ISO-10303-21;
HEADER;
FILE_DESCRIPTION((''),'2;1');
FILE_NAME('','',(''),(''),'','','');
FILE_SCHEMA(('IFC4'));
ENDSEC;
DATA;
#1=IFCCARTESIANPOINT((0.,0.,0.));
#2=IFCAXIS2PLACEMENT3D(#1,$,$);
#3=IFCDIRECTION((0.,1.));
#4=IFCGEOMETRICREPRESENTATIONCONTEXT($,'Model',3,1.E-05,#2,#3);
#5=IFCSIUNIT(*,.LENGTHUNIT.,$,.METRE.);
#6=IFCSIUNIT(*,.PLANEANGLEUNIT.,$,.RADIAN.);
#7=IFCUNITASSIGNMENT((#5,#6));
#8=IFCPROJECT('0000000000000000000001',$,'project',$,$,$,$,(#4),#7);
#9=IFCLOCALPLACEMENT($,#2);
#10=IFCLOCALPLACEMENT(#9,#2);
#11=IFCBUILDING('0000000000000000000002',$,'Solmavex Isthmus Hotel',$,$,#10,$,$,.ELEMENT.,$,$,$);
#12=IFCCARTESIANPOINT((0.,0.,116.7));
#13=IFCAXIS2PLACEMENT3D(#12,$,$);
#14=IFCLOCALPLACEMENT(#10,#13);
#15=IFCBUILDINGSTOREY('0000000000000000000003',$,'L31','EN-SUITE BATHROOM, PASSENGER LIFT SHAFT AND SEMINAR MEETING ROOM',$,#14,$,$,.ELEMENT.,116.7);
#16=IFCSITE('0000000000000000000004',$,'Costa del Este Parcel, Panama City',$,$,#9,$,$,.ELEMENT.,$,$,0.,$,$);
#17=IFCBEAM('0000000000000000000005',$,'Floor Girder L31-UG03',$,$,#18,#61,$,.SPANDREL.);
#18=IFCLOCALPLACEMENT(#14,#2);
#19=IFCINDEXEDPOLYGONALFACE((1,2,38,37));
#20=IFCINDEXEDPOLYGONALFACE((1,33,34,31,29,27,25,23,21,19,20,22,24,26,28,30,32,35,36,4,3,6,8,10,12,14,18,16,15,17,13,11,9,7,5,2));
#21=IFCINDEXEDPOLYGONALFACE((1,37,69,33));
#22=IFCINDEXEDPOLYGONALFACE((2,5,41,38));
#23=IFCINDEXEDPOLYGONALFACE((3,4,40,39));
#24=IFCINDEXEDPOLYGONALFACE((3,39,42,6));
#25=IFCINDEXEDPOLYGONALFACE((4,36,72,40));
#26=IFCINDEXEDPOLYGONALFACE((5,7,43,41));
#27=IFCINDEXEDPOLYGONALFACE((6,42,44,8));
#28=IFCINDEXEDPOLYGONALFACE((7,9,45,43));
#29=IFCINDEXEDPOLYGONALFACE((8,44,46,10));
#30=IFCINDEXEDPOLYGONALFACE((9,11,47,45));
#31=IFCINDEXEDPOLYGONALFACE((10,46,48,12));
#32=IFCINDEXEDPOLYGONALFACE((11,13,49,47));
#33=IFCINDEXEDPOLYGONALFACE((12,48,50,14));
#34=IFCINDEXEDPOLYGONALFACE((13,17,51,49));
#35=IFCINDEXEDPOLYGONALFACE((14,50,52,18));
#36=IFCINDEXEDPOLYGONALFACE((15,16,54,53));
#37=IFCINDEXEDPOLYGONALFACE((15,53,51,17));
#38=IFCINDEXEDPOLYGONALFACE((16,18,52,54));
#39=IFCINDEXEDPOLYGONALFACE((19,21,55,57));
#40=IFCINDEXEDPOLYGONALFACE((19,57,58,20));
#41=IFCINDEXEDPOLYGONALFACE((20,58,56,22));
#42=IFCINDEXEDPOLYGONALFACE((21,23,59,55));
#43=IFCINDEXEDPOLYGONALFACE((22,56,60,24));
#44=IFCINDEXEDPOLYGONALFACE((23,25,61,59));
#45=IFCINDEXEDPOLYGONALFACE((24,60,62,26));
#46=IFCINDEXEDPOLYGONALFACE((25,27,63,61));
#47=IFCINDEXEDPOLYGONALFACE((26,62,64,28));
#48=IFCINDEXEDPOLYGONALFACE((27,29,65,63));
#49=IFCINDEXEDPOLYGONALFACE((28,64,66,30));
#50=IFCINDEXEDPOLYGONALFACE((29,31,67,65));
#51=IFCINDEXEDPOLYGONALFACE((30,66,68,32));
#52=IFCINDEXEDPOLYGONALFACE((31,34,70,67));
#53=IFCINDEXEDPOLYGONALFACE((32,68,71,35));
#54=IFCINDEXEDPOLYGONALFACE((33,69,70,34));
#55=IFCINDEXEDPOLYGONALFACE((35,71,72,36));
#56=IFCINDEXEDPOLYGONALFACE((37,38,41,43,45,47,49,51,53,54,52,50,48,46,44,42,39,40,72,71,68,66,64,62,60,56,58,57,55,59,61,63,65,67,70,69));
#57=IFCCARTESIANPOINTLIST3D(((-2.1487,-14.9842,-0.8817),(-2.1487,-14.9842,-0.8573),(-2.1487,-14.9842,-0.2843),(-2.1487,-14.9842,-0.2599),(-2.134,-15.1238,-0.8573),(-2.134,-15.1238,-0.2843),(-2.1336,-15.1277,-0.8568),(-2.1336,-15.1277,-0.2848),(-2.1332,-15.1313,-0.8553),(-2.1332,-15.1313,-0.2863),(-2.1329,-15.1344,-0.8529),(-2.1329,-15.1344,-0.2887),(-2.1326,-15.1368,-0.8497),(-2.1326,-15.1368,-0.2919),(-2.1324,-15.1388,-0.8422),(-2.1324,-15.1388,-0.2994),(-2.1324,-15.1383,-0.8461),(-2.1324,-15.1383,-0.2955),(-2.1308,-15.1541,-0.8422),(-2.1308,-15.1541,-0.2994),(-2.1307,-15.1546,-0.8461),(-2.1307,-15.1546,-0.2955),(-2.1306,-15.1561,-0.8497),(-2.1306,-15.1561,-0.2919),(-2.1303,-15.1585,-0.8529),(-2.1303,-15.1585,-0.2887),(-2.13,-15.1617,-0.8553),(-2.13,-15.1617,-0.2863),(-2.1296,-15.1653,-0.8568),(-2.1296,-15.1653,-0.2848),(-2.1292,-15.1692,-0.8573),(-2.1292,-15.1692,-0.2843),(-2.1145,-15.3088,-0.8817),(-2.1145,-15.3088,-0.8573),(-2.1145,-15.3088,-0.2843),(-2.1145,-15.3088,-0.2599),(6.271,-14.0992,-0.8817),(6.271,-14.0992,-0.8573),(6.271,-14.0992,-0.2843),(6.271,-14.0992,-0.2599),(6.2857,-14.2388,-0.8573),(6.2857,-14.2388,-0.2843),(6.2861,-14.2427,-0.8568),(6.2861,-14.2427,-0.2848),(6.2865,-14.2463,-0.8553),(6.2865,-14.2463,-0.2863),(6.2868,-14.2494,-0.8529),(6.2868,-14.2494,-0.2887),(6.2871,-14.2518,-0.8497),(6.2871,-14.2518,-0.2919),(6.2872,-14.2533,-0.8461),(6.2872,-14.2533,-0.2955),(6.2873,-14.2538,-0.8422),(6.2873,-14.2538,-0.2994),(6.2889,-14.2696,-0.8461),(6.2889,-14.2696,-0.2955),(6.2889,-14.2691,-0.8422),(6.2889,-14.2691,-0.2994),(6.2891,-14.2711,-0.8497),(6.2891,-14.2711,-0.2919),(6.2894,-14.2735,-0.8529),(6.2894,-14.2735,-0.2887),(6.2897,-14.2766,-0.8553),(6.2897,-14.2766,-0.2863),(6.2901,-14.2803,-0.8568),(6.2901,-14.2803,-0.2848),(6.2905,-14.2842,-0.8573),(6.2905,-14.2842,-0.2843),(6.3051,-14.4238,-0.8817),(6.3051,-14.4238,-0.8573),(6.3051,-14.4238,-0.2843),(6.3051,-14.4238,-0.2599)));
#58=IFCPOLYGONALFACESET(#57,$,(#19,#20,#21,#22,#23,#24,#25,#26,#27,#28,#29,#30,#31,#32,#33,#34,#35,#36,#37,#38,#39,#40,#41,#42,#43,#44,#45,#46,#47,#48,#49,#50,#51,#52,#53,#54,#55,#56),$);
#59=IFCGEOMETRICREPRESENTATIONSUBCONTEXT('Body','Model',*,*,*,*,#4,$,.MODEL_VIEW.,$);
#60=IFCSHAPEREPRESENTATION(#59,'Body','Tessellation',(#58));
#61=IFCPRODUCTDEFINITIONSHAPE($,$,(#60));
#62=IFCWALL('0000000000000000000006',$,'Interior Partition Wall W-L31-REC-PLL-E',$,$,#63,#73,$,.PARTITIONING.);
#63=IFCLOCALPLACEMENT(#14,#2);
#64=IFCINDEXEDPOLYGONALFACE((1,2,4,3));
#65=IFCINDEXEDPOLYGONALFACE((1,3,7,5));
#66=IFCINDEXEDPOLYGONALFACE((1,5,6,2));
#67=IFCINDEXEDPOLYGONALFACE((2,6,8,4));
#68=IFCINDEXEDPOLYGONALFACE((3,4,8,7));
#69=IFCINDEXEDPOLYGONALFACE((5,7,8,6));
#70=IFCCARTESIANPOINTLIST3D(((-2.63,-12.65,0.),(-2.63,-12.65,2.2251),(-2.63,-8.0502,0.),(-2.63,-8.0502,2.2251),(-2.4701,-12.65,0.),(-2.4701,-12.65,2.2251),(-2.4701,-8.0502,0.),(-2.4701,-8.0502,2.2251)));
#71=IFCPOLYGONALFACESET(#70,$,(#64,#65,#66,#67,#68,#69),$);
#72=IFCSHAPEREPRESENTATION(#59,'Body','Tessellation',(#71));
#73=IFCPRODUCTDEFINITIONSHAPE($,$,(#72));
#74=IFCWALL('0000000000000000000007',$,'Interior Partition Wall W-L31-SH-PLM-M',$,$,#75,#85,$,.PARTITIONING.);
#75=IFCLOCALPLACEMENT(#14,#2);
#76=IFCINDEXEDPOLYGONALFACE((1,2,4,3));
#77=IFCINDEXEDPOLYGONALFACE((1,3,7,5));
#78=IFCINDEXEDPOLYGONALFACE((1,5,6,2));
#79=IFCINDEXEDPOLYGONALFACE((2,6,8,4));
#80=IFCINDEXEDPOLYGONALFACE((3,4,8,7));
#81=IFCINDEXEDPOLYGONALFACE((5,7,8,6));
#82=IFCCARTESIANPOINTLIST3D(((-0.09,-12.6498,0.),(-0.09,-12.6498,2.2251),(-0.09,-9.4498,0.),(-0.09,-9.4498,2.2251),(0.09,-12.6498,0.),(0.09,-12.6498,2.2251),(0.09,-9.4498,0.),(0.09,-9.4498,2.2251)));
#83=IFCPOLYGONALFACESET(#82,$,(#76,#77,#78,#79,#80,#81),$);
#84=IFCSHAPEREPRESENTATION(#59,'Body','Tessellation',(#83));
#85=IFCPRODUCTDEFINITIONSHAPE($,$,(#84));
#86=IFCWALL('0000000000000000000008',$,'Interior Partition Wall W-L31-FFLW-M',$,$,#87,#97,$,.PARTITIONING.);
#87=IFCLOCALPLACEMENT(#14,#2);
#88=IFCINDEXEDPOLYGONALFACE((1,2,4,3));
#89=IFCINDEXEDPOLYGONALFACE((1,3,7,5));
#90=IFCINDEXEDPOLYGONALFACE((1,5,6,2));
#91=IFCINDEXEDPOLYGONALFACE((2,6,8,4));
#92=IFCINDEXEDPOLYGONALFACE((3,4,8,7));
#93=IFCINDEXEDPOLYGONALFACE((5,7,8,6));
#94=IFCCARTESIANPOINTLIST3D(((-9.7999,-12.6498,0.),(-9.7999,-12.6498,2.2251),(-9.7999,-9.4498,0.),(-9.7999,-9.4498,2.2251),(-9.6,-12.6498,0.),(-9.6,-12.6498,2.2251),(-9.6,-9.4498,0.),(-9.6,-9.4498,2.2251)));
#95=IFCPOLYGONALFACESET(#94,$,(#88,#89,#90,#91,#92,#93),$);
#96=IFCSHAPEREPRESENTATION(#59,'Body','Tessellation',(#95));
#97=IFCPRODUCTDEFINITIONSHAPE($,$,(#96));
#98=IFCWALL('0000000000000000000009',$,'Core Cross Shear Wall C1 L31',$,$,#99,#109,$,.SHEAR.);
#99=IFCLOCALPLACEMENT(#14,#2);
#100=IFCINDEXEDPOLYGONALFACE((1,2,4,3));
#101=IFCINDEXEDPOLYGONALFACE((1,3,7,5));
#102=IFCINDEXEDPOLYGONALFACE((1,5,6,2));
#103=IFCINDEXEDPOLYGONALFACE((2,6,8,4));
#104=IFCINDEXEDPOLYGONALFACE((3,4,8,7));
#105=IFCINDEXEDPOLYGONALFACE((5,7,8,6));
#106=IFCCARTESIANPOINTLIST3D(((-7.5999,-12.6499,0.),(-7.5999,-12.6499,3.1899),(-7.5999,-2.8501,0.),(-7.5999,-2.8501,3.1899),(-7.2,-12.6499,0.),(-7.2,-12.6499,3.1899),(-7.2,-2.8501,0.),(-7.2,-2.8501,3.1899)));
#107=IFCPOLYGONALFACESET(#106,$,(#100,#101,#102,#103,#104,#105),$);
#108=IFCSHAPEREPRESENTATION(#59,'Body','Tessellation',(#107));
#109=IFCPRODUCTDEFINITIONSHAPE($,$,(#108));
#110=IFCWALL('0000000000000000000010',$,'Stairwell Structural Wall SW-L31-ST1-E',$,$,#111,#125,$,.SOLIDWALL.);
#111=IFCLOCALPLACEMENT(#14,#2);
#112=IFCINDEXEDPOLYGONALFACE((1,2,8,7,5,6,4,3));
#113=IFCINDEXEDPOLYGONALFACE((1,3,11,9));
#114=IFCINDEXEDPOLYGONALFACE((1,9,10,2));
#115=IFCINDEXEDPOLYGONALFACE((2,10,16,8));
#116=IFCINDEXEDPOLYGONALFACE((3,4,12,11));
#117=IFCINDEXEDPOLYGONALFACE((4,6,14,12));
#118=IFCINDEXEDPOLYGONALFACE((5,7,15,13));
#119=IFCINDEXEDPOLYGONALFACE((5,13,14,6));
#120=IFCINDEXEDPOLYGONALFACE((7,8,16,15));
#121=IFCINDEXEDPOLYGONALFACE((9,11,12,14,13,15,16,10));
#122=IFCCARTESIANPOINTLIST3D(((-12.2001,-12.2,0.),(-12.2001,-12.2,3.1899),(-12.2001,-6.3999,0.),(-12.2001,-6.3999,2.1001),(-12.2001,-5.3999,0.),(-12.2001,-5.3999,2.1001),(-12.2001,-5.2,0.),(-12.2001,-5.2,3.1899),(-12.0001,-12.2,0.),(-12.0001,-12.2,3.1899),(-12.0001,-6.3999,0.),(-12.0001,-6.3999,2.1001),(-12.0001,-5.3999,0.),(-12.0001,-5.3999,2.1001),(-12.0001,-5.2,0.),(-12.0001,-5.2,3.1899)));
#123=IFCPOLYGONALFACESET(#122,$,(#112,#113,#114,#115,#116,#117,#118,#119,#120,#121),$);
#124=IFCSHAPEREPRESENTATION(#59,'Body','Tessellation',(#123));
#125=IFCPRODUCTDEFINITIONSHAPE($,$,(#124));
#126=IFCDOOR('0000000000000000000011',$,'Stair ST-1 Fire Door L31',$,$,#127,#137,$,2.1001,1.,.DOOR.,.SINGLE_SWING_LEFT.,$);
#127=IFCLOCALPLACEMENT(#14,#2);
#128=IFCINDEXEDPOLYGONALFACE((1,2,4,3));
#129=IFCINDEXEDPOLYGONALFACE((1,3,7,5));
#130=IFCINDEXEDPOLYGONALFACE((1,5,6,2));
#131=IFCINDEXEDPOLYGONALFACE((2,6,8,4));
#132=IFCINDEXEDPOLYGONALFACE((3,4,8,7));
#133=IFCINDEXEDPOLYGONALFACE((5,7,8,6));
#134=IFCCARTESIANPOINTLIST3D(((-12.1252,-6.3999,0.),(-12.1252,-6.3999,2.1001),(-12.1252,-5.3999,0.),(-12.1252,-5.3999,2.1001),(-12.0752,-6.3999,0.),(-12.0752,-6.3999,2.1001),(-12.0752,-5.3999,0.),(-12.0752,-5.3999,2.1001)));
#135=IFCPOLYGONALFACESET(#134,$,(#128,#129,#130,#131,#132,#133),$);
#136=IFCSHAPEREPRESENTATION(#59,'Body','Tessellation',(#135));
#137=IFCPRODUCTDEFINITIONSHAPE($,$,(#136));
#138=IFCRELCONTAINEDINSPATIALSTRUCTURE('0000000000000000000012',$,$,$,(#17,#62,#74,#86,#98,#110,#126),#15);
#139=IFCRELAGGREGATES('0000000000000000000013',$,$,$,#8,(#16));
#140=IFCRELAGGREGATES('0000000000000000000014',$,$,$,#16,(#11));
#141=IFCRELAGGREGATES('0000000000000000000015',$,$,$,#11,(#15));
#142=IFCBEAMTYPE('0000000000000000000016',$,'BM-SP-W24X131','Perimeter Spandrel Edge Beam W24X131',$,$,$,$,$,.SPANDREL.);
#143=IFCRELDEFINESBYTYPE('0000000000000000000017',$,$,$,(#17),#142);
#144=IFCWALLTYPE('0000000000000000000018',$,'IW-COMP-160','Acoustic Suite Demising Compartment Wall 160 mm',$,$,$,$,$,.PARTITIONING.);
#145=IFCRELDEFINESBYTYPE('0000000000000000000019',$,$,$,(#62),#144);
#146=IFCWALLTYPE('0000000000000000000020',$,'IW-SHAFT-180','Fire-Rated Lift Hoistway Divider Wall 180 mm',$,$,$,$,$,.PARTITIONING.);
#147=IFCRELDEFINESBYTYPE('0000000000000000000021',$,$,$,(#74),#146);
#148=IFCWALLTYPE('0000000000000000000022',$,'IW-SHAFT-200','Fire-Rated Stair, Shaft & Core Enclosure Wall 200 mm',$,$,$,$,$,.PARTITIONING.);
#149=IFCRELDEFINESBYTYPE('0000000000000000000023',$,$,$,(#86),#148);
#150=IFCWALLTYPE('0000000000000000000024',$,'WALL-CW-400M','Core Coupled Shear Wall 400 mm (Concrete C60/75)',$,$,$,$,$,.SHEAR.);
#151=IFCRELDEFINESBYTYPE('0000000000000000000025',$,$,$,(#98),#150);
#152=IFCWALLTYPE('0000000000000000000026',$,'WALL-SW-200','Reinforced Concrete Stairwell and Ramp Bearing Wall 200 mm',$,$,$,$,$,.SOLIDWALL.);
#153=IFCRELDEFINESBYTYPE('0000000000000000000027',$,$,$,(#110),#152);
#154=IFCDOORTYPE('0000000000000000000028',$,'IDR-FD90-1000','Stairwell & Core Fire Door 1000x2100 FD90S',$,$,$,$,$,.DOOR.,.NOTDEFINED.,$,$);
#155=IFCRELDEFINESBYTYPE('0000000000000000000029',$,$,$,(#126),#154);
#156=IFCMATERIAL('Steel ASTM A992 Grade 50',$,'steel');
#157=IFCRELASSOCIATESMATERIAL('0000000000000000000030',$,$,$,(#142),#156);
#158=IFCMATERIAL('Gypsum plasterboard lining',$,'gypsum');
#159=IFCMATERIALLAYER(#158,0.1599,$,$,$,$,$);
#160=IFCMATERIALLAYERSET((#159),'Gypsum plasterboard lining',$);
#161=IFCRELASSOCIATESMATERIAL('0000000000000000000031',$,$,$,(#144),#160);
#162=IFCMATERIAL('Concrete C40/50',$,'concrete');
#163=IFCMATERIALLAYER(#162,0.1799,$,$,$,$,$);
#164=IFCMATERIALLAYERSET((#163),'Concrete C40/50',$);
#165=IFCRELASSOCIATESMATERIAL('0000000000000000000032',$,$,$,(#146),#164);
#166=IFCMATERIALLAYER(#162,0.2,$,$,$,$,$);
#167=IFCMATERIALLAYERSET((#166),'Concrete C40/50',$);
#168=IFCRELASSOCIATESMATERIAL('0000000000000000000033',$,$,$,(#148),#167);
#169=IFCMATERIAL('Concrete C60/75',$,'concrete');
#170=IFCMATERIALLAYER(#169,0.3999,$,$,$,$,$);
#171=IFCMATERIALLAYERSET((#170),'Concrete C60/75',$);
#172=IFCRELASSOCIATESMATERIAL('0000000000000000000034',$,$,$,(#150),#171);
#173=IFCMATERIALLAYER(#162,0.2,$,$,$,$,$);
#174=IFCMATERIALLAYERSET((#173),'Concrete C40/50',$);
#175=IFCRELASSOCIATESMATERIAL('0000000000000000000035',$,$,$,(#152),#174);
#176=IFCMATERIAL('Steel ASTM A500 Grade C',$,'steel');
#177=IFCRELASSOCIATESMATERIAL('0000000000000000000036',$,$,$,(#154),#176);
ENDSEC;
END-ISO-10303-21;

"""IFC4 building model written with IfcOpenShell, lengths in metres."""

from ifc_helpers import new_model, si_unit, direction, frame, frame_2d, origin, origin_2d, place, context, subcontext, project, spatial, rectangle, i_section, extrude, material, layer, layer_set, material_profile, profile_set, type_object, element, fill, save


model = new_model("IFC4")

# Units and contexts
model_context = context("Model", 3, precision=1e-05, world=origin(), true_north=direction((0.0, 1.0)))
body_context = subcontext(model_context, "Body", "Model", "MODEL_VIEW")
ifc_project = project(units=[si_unit("LENGTHUNIT", "METRE"), si_unit("PLANEANGLEUNIT", "RADIAN")], contexts=[model_context])

# Site, building, storey
site_placement = place(None, origin())
site = spatial("IfcSite", under=ifc_project, at=site_placement, Name="Costa del Este Parcel, Panama City", CompositionType="ELEMENT", RefElevation=0.0)
building_placement = place(site_placement, origin())
building = spatial("IfcBuilding", under=site, at=building_placement, Name="Solmavex Isthmus Hotel", CompositionType="ELEMENT")
storey_placement = place(building_placement, frame((0.0, 0.0, 116.7)))
storey = spatial("IfcBuildingStorey", under=building, at=storey_placement, Name="L31", Description="EN-SUITE BATHROOM, PASSENGER LIFT SHAFT AND SEMINAR MEETING ROOM", CompositionType="ELEMENT", Elevation=116.7)

# Shared definitions
ifc_material_1 = material(Name="Concrete C60/75", Category="concrete")

# Beam
ifc_material_2 = material(Name="Steel ASTM A992 Grade 50", Category="steel")
ifc_material_profile_1 = material_profile(ifc_material_2, i_section(OverallWidth=0.3264, OverallDepth=0.6218, WebThickness=0.0154, FlangeThickness=0.0244, FilletRadius=0.0151, at=origin_2d()), Name="W24X131")
ifc_profile_set_1 = profile_set([ifc_material_profile_1], Name="Steel ASTM A992 Grade 50")
beam_type_1 = type_object("IfcBeamType", Name="BM-SP-W24X131", Description="Perimeter Spandrel Edge Beam W24X131", PredefinedType="SPANDREL", material=ifc_profile_set_1)
beam_1_placement = place(storey_placement, frame((-2.1316, -15.1465, -0.5708), z_axis=(0.994521, 0.104536, 0.0), x_axis=(-0.104536, 0.994521, 0.0)))
element("IfcBeam", 1, at=beam_1_placement, inside=storey, type_object=beam_type_1, Name="Floor Girder L31-UG03", PredefinedType="SPANDREL", context=body_context, shape_type="SweptSolid", body=[
    extrude(i_section(OverallWidth=0.3264, OverallDepth=0.6218, WebThickness=0.0154, FlangeThickness=0.0244, FilletRadius=0.0151, at=origin_2d()), origin(), (0.0, 0.0, 1.0), 8.4661),
])

# Walls
ifc_material_3 = material(Name="Gypsum plasterboard lining", Category="gypsum")
ifc_layer_1 = layer(ifc_material_3, 0.1599)
ifc_layer_set_1 = layer_set([ifc_layer_1], Name="Gypsum plasterboard lining")
wall_type_1 = type_object("IfcWallType", Name="IW-COMP-160", Description="Acoustic Suite Demising Compartment Wall 160 mm", PredefinedType="PARTITIONING", material=ifc_layer_set_1)
wall_1_placement = place(storey_placement, frame((-2.55, -12.6499, 0.0), z_axis=(0.0, 0.0, 1.0), x_axis=(0.0, 1.0, 0.0)))
element("IfcWall", 2, at=wall_1_placement, inside=storey, type_object=wall_type_1, Name="Interior Partition Wall W-L31-REC-PLL-E", PredefinedType="PARTITIONING", context=body_context, shape_type="SweptSolid", body=[
    extrude(rectangle(XDim=4.5999, YDim=0.1599, at=frame_2d((2.2998, 0.0))), origin(), (0.0, 0.0, 1.0), 2.2251),
])
ifc_material_4 = material(Name="Concrete C40/50", Category="concrete")
ifc_layer_2 = layer(ifc_material_4, 0.1799)
ifc_layer_set_2 = layer_set([ifc_layer_2], Name="Concrete C40/50")
wall_type_2 = type_object("IfcWallType", Name="IW-SHAFT-180", Description="Fire-Rated Lift Hoistway Divider Wall 180 mm", PredefinedType="PARTITIONING", material=ifc_layer_set_2)
wall_2_placement = place(storey_placement, frame((0.0, -12.6499, 0.0), z_axis=(0.0, 0.0, 1.0), x_axis=(0.0, 1.0, 0.0)))
element("IfcWall", 3, at=wall_2_placement, inside=storey, type_object=wall_type_2, Name="Interior Partition Wall W-L31-SH-PLM-M", PredefinedType="PARTITIONING", context=body_context, shape_type="SweptSolid", body=[
    extrude(rectangle(XDim=3.2, YDim=0.1799, at=frame_2d((1.6001, 0.0))), origin(), (0.0, 0.0, 1.0), 2.2251),
])
ifc_layer_3 = layer(ifc_material_4, 0.2)
ifc_layer_set_3 = layer_set([ifc_layer_3], Name="Concrete C40/50")
wall_type_3 = type_object("IfcWallType", Name="IW-SHAFT-200", Description="Fire-Rated Stair, Shaft & Core Enclosure Wall 200 mm", PredefinedType="PARTITIONING", material=ifc_layer_set_3)
wall_3_placement = place(storey_placement, frame((-9.7, -12.6499, 0.0), z_axis=(0.0, 0.0, 1.0), x_axis=(0.0, 1.0, 0.0)))
element("IfcWall", 4, at=wall_3_placement, inside=storey, type_object=wall_type_3, Name="Interior Partition Wall W-L31-FFLW-M", PredefinedType="PARTITIONING", context=body_context, shape_type="SweptSolid", body=[
    extrude(rectangle(XDim=3.2, YDim=0.2, at=frame_2d((1.6001, 0.0))), origin(), (0.0, 0.0, 1.0), 2.2251),
])
ifc_layer_4 = layer(ifc_material_1, 0.3999)
ifc_layer_set_4 = layer_set([ifc_layer_4], Name="Concrete C60/75")
wall_type_4 = type_object("IfcWallType", Name="WALL-CW-400M", Description="Core Coupled Shear Wall 400 mm (Concrete C60/75)", PredefinedType="SHEAR", material=ifc_layer_set_4)
wall_4_placement = place(storey_placement, frame((-7.3999, -12.6499, 0.0), z_axis=(0.0, 0.0, 1.0), x_axis=(0.0, 1.0, 0.0)))
element("IfcWall", 5, at=wall_4_placement, inside=storey, type_object=wall_type_4, Name="Core Cross Shear Wall C1 L31", PredefinedType="SHEAR", context=body_context, shape_type="SweptSolid", body=[
    extrude(rectangle(XDim=9.7998, YDim=0.3999, at=frame_2d((4.8999, 0.0))), origin(), (0.0, 0.0, 1.0), 3.1899),
])

# Wall, opening, door
ifc_layer_5 = layer(ifc_material_4, 0.2)
ifc_layer_set_5 = layer_set([ifc_layer_5], Name="Concrete C40/50")
wall_type_5 = type_object("IfcWallType", Name="WALL-SW-200", Description="Reinforced Concrete Stairwell and Ramp Bearing Wall 200 mm", PredefinedType="SOLIDWALL", material=ifc_layer_set_5)
wall_5_placement = place(storey_placement, frame((-12.1001, -12.2, 0.0), z_axis=(0.0, 0.0, 1.0), x_axis=(0.0, 1.0, 0.0)))
wall_5 = element("IfcWall", 6, at=wall_5_placement, inside=storey, type_object=wall_type_5, Name="Stairwell Structural Wall SW-L31-ST1-E", PredefinedType="SOLIDWALL", context=body_context, shape_type="SweptSolid", body=[
    extrude(rectangle(XDim=7.0, YDim=0.2, at=frame_2d((3.5, 0.0))), origin(), (0.0, 0.0, 1.0), 3.1899),
])
opening_placement = place(wall_5_placement, frame((5.8, 0.0, 0.0)))
opening = element("IfcOpeningElement", 7, at=opening_placement, cuts=wall_5, PredefinedType="OPENING", context=body_context, shape_type="SweptSolid", body=[
    extrude(rectangle(XDim=1.0, YDim=2.1001, at=frame_2d((0.5, 1.05))), frame((0.0, 0.1099, 0.0), z_axis=(0.0, -1.0, 0.0), x_axis=(1.0, 0.0, 0.0)), (0.0, 0.0, 1.0), 0.22),
])
ifc_material_5 = material(Name="Steel ASTM A500 Grade C", Category="steel")
door_type = type_object("IfcDoorType", Name="IDR-FD90-1000", Description="Stairwell & Core Fire Door 1000x2100 FD90S", OperationType="NOTDEFINED", PredefinedType="DOOR", material=ifc_material_5)
door_placement = place(opening_placement, frame((1.0, 0.0, 0.0), z_axis=(0.0, 0.0, 1.0), x_axis=(-1.0, 0.0, 0.0)))
door = element("IfcDoor", 8, at=door_placement, inside=storey, type_object=door_type, Name="Stair ST-1 Fire Door L31", OperationType="SINGLE_SWING_LEFT", OverallHeight=2.1001, OverallWidth=1.0, PredefinedType="DOOR", context=body_context, shape_type="SweptSolid", body=[
    extrude(rectangle(XDim=1.0, YDim=2.1001, at=frame_2d((0.5, 1.05))), frame((0.0, 0.0249, 0.0), z_axis=(0.0, -1.0, 0.0), x_axis=(1.0, 0.0, 0.0)), (0.0, 0.0, 1.0), 0.05),
])
fill(opening, door)

save(model, "model.ifc")
